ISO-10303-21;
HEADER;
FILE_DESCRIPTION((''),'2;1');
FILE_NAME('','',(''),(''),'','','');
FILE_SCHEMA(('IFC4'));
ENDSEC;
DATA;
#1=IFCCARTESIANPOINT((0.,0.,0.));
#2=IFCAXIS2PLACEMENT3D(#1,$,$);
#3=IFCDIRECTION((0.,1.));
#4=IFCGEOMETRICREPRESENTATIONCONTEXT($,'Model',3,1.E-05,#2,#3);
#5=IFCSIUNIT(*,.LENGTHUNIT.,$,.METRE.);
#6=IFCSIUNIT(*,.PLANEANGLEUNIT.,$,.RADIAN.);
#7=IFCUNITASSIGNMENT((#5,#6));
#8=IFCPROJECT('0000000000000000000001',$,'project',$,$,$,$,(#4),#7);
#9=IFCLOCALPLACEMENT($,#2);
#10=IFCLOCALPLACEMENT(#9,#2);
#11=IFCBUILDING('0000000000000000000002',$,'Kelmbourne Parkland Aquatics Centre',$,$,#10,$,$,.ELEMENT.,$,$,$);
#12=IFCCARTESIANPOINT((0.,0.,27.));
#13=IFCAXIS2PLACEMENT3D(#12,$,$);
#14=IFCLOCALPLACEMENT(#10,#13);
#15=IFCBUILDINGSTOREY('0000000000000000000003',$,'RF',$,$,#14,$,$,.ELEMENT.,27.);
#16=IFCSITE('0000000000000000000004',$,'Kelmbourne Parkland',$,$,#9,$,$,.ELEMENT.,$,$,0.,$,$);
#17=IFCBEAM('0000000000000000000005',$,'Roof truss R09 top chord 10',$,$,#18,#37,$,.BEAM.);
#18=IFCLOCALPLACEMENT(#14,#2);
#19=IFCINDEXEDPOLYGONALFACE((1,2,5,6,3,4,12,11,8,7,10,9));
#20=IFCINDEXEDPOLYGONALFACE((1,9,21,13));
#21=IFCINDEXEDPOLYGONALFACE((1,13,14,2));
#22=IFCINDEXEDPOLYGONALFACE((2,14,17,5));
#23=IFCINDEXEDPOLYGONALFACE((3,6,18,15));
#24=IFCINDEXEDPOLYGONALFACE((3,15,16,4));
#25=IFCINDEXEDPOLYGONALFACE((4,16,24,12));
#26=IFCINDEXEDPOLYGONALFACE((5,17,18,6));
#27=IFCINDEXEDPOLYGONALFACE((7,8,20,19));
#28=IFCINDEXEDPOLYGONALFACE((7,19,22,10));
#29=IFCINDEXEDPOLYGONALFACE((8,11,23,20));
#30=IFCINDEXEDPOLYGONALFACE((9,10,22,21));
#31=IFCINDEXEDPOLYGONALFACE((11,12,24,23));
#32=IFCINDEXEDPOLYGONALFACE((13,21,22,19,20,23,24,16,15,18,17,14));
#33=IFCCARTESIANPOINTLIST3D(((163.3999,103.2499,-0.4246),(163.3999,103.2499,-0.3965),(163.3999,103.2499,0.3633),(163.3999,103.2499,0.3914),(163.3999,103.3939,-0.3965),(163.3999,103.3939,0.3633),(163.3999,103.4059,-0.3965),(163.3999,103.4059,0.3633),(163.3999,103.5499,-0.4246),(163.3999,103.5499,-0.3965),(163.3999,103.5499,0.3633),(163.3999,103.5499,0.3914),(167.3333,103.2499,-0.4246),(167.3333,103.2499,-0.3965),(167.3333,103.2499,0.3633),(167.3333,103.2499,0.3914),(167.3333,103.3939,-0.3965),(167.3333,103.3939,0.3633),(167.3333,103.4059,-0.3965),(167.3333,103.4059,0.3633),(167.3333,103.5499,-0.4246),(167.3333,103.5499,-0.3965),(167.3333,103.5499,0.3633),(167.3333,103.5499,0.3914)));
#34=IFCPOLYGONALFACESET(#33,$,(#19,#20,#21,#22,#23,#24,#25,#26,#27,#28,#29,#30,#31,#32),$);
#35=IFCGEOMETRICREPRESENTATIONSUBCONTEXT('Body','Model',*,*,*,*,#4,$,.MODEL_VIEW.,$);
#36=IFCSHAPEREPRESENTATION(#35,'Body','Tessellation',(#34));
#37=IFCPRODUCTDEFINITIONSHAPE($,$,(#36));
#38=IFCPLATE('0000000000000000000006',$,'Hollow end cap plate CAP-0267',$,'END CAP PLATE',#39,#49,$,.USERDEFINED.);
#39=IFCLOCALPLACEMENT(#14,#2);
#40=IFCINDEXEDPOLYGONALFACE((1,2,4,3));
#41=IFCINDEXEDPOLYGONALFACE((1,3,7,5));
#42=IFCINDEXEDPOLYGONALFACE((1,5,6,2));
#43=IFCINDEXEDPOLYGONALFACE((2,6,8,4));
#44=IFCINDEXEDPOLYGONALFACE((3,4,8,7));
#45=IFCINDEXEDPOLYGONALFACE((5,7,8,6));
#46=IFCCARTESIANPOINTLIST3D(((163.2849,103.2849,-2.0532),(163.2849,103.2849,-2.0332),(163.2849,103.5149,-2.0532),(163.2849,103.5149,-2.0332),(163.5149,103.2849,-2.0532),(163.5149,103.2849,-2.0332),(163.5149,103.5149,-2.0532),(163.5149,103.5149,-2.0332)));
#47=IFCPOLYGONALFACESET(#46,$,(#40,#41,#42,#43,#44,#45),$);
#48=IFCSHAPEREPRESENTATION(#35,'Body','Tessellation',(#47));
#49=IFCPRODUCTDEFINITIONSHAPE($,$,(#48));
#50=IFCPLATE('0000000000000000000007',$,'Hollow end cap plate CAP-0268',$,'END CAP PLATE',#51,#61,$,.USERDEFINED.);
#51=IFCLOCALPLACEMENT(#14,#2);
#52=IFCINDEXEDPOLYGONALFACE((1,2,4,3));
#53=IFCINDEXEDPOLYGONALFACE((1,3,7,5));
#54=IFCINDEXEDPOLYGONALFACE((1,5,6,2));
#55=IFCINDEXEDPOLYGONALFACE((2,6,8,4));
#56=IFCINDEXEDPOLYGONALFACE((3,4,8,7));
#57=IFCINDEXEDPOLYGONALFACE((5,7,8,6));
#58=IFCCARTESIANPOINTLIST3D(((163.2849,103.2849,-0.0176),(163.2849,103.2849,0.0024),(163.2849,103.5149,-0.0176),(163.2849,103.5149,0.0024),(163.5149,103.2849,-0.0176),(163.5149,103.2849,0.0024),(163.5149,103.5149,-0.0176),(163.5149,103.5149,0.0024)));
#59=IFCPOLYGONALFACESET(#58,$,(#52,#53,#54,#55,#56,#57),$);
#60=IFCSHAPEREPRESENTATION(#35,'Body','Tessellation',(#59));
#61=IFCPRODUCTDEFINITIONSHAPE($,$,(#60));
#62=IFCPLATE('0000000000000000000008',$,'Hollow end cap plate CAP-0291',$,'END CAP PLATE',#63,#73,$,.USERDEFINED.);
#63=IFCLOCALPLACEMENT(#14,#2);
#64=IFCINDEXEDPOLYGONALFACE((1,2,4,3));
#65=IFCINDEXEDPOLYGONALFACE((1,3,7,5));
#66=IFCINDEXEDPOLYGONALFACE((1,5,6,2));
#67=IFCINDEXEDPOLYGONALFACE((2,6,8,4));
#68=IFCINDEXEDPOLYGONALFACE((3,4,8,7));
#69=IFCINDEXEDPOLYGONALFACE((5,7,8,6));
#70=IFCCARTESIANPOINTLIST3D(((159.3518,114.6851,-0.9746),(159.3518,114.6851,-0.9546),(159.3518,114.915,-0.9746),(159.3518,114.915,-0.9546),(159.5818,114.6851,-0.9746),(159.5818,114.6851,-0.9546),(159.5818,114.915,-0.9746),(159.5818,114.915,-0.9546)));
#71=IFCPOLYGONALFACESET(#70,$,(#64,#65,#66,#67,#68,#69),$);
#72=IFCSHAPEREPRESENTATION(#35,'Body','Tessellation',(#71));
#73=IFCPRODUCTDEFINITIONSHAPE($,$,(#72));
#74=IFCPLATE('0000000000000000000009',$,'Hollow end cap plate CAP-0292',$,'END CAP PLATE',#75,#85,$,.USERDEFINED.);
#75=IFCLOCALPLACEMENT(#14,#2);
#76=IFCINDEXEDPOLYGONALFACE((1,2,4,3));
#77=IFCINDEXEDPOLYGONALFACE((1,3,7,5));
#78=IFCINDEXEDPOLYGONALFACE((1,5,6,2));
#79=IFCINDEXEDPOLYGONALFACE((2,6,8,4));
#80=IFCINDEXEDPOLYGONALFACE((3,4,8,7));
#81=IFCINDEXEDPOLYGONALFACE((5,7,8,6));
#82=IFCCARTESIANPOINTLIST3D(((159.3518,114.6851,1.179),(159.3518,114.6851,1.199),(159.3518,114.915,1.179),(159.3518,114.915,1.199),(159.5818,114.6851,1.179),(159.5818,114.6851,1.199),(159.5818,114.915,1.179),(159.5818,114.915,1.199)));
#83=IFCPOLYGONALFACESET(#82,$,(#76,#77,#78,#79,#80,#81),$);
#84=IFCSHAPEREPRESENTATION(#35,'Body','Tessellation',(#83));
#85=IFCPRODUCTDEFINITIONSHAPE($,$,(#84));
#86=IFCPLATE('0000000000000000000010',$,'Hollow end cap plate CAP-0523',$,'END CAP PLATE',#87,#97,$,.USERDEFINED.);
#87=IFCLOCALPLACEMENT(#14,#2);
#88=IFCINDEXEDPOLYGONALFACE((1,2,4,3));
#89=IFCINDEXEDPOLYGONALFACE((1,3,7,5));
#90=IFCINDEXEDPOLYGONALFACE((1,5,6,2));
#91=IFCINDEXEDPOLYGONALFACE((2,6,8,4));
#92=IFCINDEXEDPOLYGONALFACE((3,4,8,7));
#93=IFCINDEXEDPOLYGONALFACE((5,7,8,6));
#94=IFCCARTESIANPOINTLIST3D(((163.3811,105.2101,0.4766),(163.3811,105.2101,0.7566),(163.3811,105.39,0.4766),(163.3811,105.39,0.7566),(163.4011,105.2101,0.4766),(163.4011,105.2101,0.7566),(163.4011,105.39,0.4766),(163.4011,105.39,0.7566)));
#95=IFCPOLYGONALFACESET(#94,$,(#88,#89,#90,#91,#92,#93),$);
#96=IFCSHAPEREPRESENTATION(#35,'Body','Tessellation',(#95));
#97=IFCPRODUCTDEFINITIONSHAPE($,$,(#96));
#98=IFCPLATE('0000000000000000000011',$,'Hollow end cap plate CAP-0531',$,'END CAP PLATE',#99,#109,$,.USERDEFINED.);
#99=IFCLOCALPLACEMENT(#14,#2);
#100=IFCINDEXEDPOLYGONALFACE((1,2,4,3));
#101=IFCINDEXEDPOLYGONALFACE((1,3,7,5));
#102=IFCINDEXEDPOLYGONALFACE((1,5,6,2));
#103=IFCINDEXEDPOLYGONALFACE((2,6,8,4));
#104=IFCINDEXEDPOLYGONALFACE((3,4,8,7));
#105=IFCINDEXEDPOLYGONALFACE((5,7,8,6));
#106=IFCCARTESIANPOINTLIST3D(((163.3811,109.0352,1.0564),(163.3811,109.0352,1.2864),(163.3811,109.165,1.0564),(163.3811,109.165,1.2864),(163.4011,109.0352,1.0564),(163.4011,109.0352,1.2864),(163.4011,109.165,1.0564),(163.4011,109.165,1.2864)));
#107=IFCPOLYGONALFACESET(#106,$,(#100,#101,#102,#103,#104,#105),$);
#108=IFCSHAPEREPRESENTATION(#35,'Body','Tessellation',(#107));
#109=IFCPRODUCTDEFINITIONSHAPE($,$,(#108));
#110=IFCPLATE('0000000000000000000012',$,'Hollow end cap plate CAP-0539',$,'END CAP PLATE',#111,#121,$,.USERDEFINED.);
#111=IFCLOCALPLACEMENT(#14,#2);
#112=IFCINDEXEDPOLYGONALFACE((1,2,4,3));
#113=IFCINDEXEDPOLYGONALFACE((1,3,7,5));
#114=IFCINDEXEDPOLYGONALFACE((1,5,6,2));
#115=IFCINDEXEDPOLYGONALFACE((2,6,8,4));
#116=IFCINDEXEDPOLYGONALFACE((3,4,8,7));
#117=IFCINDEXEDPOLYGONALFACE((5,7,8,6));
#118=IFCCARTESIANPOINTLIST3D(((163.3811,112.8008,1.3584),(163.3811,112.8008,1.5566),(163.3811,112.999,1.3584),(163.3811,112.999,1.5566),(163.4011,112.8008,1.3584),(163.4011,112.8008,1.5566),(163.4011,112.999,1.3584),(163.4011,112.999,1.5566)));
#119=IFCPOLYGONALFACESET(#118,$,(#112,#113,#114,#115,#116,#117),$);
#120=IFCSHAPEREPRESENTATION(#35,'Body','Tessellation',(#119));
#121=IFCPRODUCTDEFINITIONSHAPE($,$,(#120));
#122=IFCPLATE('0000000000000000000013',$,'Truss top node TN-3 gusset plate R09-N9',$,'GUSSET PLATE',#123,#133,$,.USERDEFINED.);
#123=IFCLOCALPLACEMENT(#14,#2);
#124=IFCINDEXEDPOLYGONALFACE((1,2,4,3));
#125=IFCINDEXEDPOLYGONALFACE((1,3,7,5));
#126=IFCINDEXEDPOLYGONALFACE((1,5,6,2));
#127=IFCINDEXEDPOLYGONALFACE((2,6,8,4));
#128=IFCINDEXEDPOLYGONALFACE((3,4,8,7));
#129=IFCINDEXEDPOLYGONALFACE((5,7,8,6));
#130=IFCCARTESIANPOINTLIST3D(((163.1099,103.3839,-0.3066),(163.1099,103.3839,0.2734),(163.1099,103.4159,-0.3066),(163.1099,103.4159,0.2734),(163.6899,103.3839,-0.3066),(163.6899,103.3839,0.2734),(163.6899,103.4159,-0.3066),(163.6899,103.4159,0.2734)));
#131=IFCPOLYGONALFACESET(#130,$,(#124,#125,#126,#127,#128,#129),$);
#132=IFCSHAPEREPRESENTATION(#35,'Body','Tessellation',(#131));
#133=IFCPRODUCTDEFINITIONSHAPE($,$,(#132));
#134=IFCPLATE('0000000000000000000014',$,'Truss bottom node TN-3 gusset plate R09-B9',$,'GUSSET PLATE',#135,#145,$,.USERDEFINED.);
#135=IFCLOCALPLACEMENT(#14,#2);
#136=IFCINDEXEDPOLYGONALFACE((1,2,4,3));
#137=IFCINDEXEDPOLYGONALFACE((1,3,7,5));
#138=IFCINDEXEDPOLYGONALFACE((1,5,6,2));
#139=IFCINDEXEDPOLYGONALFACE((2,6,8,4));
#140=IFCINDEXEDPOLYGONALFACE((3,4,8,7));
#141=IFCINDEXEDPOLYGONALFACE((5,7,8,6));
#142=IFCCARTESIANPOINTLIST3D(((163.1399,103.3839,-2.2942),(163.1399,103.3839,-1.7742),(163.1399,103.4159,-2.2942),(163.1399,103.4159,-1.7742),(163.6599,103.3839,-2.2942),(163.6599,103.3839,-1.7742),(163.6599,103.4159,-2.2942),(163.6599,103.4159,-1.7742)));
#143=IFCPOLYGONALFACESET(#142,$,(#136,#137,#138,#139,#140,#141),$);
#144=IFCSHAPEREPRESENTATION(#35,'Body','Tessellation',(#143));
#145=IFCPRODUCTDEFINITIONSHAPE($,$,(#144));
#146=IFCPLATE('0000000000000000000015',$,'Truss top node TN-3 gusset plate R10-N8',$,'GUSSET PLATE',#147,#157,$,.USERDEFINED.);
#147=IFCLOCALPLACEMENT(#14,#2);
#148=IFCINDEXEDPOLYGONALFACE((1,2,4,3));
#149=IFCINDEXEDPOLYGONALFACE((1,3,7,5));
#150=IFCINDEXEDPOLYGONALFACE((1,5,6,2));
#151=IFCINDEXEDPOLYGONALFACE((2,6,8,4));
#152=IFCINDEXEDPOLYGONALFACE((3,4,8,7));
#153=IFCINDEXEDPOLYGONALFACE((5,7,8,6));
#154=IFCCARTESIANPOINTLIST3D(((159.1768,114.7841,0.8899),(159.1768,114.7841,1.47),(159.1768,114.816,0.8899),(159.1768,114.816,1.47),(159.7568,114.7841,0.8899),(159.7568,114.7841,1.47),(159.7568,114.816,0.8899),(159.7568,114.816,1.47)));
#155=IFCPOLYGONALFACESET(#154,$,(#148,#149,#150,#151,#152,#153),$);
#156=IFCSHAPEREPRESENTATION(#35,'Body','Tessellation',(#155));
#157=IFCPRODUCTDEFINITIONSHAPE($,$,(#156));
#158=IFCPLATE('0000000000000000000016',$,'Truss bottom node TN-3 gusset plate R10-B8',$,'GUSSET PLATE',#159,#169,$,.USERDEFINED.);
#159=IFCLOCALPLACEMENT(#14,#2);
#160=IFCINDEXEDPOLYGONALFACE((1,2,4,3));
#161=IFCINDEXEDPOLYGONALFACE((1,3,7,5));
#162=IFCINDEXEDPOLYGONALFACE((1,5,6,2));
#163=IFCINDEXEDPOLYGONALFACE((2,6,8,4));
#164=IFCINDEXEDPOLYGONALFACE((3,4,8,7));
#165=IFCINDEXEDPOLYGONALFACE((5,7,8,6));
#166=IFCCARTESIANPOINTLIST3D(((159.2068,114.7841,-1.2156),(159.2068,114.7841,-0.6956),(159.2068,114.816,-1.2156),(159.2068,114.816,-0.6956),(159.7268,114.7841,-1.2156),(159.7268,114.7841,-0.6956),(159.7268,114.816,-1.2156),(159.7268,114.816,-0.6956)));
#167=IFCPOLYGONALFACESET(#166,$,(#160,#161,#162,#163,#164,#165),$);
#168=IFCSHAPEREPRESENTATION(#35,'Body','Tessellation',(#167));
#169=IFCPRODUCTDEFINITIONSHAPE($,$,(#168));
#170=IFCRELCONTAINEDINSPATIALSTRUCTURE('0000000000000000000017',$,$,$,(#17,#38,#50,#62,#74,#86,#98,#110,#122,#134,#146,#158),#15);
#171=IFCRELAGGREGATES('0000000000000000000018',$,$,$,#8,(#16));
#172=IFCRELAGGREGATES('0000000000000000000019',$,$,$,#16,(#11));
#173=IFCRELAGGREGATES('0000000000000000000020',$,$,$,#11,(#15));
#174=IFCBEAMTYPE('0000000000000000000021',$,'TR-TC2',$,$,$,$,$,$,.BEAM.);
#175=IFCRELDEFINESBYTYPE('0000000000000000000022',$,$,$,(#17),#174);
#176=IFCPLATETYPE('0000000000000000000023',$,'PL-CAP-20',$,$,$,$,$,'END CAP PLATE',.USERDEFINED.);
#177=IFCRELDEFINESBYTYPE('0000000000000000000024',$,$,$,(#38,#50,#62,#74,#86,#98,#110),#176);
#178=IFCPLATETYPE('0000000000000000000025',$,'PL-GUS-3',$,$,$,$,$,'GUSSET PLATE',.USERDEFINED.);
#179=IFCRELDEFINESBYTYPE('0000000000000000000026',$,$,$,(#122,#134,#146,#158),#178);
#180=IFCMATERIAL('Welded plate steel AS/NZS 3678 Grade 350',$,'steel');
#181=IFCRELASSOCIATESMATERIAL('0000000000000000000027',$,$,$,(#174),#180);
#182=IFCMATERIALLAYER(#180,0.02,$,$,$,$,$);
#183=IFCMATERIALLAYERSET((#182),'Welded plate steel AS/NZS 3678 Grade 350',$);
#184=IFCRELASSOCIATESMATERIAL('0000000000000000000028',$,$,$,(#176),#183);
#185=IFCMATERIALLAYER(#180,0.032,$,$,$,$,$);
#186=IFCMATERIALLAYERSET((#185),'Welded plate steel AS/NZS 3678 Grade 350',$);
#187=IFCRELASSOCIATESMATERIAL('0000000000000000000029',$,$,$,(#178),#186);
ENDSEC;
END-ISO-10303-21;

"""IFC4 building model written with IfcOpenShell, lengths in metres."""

from ifc_helpers import new_model, si_unit, direction, frame, origin, origin_2d, place, context, subcontext, project, spatial, rectangle, i_section, extrude, material, layer, layer_set, material_profile, profile_set, type_object, element, save


model = new_model("IFC4")

# Units and contexts
model_context = context("Model", 3, precision=1e-05, world=origin(), true_north=direction((0.0, 1.0)))
body_context = subcontext(model_context, "Body", "Model", "MODEL_VIEW")
ifc_project = project(units=[si_unit("LENGTHUNIT", "METRE"), si_unit("PLANEANGLEUNIT", "RADIAN")], contexts=[model_context])

# Site, building, storey
site_placement = place(None, origin())
site = spatial("IfcSite", under=ifc_project, at=site_placement, Name="Kelmbourne Parkland", CompositionType="ELEMENT", RefElevation=0.0)
building_placement = place(site_placement, origin())
building = spatial("IfcBuilding", under=site, at=building_placement, Name="Kelmbourne Parkland Aquatics Centre", CompositionType="ELEMENT")
storey_placement = place(building_placement, frame((0.0, 0.0, 27.0)))
storey = spatial("IfcBuildingStorey", under=building, at=storey_placement, Name="RF", CompositionType="ELEMENT", Elevation=27.0)

# Beam
ifc_material_1 = material(Name="Welded plate steel AS/NZS 3678 Grade 350", Category="steel")
ifc_material_profile_1 = material_profile(ifc_material_1, i_section(OverallWidth=0.3, OverallDepth=0.8159, WebThickness=0.012, FlangeThickness=0.0281, at=origin_2d()), Name="800WB192")
ifc_profile_set_1 = profile_set([ifc_material_profile_1], Name="Welded plate steel AS/NZS 3678 Grade 350")
beam_type_1 = type_object("IfcBeamType", Name="TR-TC2", PredefinedType="BEAM", material=ifc_profile_set_1)
beam_1_placement = place(storey_placement, frame((163.3999, 103.3999, -0.0166), z_axis=(1.0, 0.0, 0.0), x_axis=(0.0, 1.0, 0.0)))
element("IfcBeam", 1, at=beam_1_placement, inside=storey, type_object=beam_type_1, Name="Roof truss R09 top chord 10", PredefinedType="BEAM", context=body_context, shape_type="SweptSolid", body=[
    extrude(i_section(OverallWidth=0.3, OverallDepth=0.8159, WebThickness=0.012, FlangeThickness=0.0281, at=origin_2d()), origin(), (0.0, 0.0, 1.0), 3.9333),
])

# Plates
ifc_layer_1 = layer(ifc_material_1, 0.02)
ifc_layer_set_1 = layer_set([ifc_layer_1], Name="Welded plate steel AS/NZS 3678 Grade 350")
plate_type_1 = type_object("IfcPlateType", Name="PL-CAP-20", ElementType="END CAP PLATE", PredefinedType="USERDEFINED", material=ifc_layer_set_1)
for number, where, z_axis, x_axis, name in (
    (2, (163.3999, 103.3999, -2.0532), (0.0, 0.0, 1.0), (1.0, 0.0, 0.0), "Hollow end cap plate CAP-0267"),
    (3, (163.3999, 103.3999, -0.0176), (0.0, 0.0, 1.0), (1.0, 0.0, 0.0), "Hollow end cap plate CAP-0268"),
    (4, (159.4668, 114.8, -0.9746), (0.0, 0.0, 1.0), (1.0, 0.0, 0.0), "Hollow end cap plate CAP-0291"),
    (5, (159.4668, 114.8, 1.179), (0.0, 0.0, 1.0), (1.0, 0.0, 0.0), "Hollow end cap plate CAP-0292"),
):
    element("IfcPlate", number, at=place(storey_placement, frame(where, z_axis=z_axis, x_axis=x_axis)), inside=storey, type_object=plate_type_1, Name=name, ObjectType="END CAP PLATE", PredefinedType="USERDEFINED", context=body_context, shape_type="SweptSolid", body=[
        extrude(rectangle(XDim=0.23, YDim=0.23, at=origin_2d()), origin(), (0.0, 0.0, 1.0), 0.02),
    ])
plate_1_placement = place(storey_placement, frame((163.3911, 105.3, 0.4766), z_axis=(0.0, 0.0, 1.0), x_axis=(-1.0, 0.0, 0.0)))
element("IfcPlate", 6, at=plate_1_placement, inside=storey, type_object=plate_type_1, Name="Hollow end cap plate CAP-0523", ObjectType="END CAP PLATE", PredefinedType="USERDEFINED", context=body_context, shape_type="SweptSolid", body=[
    extrude(rectangle(XDim=0.02, YDim=0.1799, at=origin_2d()), origin(), (0.0, 0.0, 1.0), 0.28),
])
plate_2_placement = place(storey_placement, frame((163.3911, 109.1001, 1.0564), z_axis=(0.0, 0.0, 1.0), x_axis=(-1.0, 0.0, 0.0)))
element("IfcPlate", 7, at=plate_2_placement, inside=storey, type_object=plate_type_1, Name="Hollow end cap plate CAP-0531", ObjectType="END CAP PLATE", PredefinedType="USERDEFINED", context=body_context, shape_type="SweptSolid", body=[
    extrude(rectangle(XDim=0.02, YDim=0.1299, at=origin_2d()), origin(), (0.0, 0.0, 1.0), 0.23),
])
plate_3_placement = place(storey_placement, frame((163.3911, 112.8999, 1.3584), z_axis=(0.0, 0.0, 1.0), x_axis=(-1.0, 0.0, 0.0)))
element("IfcPlate", 8, at=plate_3_placement, inside=storey, type_object=plate_type_1, Name="Hollow end cap plate CAP-0539", ObjectType="END CAP PLATE", PredefinedType="USERDEFINED", context=body_context, shape_type="SweptSolid", body=[
    extrude(rectangle(XDim=0.02, YDim=0.1982, at=origin_2d()), origin(), (0.0, 0.0, 1.0), 0.1982),
])
ifc_layer_2 = layer(ifc_material_1, 0.032)
ifc_layer_set_2 = layer_set([ifc_layer_2], Name="Welded plate steel AS/NZS 3678 Grade 350")
plate_type_2 = type_object("IfcPlateType", Name="PL-GUS-3", ElementType="GUSSET PLATE", PredefinedType="USERDEFINED", material=ifc_layer_set_2)
plate_4_placement = place(storey_placement, frame((163.3999, 103.3999, -0.3066), z_axis=(0.0, 0.0, 1.0), x_axis=(1.0, 0.0, 0.0)))
element("IfcPlate", 9, at=plate_4_placement, inside=storey, type_object=plate_type_2, Name="Truss top node TN-3 gusset plate R09-N9", ObjectType="GUSSET PLATE", PredefinedType="USERDEFINED", context=body_context, shape_type="SweptSolid", body=[
    extrude(rectangle(XDim=0.5801, YDim=0.032, at=origin_2d()), origin(), (0.0, 0.0, 1.0), 0.5801),
])
plate_5_placement = place(storey_placement, frame((163.3999, 103.3999, -2.2942), z_axis=(0.0, 0.0, 1.0), x_axis=(1.0, 0.0, 0.0)))
element("IfcPlate", 10, at=plate_5_placement, inside=storey, type_object=plate_type_2, Name="Truss bottom node TN-3 gusset plate R09-B9", ObjectType="GUSSET PLATE", PredefinedType="USERDEFINED", context=body_context, shape_type="SweptSolid", body=[
    extrude(rectangle(XDim=0.52, YDim=0.032, at=origin_2d()), origin(), (0.0, 0.0, 1.0), 0.52),
])
plate_6_placement = place(storey_placement, frame((159.4668, 114.8, 0.8899), z_axis=(0.0, 0.0, 1.0), x_axis=(1.0, 0.0, 0.0)))
element("IfcPlate", 11, at=plate_6_placement, inside=storey, type_object=plate_type_2, Name="Truss top node TN-3 gusset plate R10-N8", ObjectType="GUSSET PLATE", PredefinedType="USERDEFINED", context=body_context, shape_type="SweptSolid", body=[
    extrude(rectangle(XDim=0.5801, YDim=0.032, at=origin_2d()), origin(), (0.0, 0.0, 1.0), 0.5801),
])
plate_7_placement = place(storey_placement, frame((159.4668, 114.8, -1.2156), z_axis=(0.0, 0.0, 1.0), x_axis=(1.0, 0.0, 0.0)))
element("IfcPlate", 12, at=plate_7_placement, inside=storey, type_object=plate_type_2, Name="Truss bottom node TN-3 gusset plate R10-B8", ObjectType="GUSSET PLATE", PredefinedType="USERDEFINED", context=body_context, shape_type="SweptSolid", body=[
    extrude(rectangle(XDim=0.52, YDim=0.032, at=origin_2d()), origin(), (0.0, 0.0, 1.0), 0.52),
])

save(model, "model.ifc")
